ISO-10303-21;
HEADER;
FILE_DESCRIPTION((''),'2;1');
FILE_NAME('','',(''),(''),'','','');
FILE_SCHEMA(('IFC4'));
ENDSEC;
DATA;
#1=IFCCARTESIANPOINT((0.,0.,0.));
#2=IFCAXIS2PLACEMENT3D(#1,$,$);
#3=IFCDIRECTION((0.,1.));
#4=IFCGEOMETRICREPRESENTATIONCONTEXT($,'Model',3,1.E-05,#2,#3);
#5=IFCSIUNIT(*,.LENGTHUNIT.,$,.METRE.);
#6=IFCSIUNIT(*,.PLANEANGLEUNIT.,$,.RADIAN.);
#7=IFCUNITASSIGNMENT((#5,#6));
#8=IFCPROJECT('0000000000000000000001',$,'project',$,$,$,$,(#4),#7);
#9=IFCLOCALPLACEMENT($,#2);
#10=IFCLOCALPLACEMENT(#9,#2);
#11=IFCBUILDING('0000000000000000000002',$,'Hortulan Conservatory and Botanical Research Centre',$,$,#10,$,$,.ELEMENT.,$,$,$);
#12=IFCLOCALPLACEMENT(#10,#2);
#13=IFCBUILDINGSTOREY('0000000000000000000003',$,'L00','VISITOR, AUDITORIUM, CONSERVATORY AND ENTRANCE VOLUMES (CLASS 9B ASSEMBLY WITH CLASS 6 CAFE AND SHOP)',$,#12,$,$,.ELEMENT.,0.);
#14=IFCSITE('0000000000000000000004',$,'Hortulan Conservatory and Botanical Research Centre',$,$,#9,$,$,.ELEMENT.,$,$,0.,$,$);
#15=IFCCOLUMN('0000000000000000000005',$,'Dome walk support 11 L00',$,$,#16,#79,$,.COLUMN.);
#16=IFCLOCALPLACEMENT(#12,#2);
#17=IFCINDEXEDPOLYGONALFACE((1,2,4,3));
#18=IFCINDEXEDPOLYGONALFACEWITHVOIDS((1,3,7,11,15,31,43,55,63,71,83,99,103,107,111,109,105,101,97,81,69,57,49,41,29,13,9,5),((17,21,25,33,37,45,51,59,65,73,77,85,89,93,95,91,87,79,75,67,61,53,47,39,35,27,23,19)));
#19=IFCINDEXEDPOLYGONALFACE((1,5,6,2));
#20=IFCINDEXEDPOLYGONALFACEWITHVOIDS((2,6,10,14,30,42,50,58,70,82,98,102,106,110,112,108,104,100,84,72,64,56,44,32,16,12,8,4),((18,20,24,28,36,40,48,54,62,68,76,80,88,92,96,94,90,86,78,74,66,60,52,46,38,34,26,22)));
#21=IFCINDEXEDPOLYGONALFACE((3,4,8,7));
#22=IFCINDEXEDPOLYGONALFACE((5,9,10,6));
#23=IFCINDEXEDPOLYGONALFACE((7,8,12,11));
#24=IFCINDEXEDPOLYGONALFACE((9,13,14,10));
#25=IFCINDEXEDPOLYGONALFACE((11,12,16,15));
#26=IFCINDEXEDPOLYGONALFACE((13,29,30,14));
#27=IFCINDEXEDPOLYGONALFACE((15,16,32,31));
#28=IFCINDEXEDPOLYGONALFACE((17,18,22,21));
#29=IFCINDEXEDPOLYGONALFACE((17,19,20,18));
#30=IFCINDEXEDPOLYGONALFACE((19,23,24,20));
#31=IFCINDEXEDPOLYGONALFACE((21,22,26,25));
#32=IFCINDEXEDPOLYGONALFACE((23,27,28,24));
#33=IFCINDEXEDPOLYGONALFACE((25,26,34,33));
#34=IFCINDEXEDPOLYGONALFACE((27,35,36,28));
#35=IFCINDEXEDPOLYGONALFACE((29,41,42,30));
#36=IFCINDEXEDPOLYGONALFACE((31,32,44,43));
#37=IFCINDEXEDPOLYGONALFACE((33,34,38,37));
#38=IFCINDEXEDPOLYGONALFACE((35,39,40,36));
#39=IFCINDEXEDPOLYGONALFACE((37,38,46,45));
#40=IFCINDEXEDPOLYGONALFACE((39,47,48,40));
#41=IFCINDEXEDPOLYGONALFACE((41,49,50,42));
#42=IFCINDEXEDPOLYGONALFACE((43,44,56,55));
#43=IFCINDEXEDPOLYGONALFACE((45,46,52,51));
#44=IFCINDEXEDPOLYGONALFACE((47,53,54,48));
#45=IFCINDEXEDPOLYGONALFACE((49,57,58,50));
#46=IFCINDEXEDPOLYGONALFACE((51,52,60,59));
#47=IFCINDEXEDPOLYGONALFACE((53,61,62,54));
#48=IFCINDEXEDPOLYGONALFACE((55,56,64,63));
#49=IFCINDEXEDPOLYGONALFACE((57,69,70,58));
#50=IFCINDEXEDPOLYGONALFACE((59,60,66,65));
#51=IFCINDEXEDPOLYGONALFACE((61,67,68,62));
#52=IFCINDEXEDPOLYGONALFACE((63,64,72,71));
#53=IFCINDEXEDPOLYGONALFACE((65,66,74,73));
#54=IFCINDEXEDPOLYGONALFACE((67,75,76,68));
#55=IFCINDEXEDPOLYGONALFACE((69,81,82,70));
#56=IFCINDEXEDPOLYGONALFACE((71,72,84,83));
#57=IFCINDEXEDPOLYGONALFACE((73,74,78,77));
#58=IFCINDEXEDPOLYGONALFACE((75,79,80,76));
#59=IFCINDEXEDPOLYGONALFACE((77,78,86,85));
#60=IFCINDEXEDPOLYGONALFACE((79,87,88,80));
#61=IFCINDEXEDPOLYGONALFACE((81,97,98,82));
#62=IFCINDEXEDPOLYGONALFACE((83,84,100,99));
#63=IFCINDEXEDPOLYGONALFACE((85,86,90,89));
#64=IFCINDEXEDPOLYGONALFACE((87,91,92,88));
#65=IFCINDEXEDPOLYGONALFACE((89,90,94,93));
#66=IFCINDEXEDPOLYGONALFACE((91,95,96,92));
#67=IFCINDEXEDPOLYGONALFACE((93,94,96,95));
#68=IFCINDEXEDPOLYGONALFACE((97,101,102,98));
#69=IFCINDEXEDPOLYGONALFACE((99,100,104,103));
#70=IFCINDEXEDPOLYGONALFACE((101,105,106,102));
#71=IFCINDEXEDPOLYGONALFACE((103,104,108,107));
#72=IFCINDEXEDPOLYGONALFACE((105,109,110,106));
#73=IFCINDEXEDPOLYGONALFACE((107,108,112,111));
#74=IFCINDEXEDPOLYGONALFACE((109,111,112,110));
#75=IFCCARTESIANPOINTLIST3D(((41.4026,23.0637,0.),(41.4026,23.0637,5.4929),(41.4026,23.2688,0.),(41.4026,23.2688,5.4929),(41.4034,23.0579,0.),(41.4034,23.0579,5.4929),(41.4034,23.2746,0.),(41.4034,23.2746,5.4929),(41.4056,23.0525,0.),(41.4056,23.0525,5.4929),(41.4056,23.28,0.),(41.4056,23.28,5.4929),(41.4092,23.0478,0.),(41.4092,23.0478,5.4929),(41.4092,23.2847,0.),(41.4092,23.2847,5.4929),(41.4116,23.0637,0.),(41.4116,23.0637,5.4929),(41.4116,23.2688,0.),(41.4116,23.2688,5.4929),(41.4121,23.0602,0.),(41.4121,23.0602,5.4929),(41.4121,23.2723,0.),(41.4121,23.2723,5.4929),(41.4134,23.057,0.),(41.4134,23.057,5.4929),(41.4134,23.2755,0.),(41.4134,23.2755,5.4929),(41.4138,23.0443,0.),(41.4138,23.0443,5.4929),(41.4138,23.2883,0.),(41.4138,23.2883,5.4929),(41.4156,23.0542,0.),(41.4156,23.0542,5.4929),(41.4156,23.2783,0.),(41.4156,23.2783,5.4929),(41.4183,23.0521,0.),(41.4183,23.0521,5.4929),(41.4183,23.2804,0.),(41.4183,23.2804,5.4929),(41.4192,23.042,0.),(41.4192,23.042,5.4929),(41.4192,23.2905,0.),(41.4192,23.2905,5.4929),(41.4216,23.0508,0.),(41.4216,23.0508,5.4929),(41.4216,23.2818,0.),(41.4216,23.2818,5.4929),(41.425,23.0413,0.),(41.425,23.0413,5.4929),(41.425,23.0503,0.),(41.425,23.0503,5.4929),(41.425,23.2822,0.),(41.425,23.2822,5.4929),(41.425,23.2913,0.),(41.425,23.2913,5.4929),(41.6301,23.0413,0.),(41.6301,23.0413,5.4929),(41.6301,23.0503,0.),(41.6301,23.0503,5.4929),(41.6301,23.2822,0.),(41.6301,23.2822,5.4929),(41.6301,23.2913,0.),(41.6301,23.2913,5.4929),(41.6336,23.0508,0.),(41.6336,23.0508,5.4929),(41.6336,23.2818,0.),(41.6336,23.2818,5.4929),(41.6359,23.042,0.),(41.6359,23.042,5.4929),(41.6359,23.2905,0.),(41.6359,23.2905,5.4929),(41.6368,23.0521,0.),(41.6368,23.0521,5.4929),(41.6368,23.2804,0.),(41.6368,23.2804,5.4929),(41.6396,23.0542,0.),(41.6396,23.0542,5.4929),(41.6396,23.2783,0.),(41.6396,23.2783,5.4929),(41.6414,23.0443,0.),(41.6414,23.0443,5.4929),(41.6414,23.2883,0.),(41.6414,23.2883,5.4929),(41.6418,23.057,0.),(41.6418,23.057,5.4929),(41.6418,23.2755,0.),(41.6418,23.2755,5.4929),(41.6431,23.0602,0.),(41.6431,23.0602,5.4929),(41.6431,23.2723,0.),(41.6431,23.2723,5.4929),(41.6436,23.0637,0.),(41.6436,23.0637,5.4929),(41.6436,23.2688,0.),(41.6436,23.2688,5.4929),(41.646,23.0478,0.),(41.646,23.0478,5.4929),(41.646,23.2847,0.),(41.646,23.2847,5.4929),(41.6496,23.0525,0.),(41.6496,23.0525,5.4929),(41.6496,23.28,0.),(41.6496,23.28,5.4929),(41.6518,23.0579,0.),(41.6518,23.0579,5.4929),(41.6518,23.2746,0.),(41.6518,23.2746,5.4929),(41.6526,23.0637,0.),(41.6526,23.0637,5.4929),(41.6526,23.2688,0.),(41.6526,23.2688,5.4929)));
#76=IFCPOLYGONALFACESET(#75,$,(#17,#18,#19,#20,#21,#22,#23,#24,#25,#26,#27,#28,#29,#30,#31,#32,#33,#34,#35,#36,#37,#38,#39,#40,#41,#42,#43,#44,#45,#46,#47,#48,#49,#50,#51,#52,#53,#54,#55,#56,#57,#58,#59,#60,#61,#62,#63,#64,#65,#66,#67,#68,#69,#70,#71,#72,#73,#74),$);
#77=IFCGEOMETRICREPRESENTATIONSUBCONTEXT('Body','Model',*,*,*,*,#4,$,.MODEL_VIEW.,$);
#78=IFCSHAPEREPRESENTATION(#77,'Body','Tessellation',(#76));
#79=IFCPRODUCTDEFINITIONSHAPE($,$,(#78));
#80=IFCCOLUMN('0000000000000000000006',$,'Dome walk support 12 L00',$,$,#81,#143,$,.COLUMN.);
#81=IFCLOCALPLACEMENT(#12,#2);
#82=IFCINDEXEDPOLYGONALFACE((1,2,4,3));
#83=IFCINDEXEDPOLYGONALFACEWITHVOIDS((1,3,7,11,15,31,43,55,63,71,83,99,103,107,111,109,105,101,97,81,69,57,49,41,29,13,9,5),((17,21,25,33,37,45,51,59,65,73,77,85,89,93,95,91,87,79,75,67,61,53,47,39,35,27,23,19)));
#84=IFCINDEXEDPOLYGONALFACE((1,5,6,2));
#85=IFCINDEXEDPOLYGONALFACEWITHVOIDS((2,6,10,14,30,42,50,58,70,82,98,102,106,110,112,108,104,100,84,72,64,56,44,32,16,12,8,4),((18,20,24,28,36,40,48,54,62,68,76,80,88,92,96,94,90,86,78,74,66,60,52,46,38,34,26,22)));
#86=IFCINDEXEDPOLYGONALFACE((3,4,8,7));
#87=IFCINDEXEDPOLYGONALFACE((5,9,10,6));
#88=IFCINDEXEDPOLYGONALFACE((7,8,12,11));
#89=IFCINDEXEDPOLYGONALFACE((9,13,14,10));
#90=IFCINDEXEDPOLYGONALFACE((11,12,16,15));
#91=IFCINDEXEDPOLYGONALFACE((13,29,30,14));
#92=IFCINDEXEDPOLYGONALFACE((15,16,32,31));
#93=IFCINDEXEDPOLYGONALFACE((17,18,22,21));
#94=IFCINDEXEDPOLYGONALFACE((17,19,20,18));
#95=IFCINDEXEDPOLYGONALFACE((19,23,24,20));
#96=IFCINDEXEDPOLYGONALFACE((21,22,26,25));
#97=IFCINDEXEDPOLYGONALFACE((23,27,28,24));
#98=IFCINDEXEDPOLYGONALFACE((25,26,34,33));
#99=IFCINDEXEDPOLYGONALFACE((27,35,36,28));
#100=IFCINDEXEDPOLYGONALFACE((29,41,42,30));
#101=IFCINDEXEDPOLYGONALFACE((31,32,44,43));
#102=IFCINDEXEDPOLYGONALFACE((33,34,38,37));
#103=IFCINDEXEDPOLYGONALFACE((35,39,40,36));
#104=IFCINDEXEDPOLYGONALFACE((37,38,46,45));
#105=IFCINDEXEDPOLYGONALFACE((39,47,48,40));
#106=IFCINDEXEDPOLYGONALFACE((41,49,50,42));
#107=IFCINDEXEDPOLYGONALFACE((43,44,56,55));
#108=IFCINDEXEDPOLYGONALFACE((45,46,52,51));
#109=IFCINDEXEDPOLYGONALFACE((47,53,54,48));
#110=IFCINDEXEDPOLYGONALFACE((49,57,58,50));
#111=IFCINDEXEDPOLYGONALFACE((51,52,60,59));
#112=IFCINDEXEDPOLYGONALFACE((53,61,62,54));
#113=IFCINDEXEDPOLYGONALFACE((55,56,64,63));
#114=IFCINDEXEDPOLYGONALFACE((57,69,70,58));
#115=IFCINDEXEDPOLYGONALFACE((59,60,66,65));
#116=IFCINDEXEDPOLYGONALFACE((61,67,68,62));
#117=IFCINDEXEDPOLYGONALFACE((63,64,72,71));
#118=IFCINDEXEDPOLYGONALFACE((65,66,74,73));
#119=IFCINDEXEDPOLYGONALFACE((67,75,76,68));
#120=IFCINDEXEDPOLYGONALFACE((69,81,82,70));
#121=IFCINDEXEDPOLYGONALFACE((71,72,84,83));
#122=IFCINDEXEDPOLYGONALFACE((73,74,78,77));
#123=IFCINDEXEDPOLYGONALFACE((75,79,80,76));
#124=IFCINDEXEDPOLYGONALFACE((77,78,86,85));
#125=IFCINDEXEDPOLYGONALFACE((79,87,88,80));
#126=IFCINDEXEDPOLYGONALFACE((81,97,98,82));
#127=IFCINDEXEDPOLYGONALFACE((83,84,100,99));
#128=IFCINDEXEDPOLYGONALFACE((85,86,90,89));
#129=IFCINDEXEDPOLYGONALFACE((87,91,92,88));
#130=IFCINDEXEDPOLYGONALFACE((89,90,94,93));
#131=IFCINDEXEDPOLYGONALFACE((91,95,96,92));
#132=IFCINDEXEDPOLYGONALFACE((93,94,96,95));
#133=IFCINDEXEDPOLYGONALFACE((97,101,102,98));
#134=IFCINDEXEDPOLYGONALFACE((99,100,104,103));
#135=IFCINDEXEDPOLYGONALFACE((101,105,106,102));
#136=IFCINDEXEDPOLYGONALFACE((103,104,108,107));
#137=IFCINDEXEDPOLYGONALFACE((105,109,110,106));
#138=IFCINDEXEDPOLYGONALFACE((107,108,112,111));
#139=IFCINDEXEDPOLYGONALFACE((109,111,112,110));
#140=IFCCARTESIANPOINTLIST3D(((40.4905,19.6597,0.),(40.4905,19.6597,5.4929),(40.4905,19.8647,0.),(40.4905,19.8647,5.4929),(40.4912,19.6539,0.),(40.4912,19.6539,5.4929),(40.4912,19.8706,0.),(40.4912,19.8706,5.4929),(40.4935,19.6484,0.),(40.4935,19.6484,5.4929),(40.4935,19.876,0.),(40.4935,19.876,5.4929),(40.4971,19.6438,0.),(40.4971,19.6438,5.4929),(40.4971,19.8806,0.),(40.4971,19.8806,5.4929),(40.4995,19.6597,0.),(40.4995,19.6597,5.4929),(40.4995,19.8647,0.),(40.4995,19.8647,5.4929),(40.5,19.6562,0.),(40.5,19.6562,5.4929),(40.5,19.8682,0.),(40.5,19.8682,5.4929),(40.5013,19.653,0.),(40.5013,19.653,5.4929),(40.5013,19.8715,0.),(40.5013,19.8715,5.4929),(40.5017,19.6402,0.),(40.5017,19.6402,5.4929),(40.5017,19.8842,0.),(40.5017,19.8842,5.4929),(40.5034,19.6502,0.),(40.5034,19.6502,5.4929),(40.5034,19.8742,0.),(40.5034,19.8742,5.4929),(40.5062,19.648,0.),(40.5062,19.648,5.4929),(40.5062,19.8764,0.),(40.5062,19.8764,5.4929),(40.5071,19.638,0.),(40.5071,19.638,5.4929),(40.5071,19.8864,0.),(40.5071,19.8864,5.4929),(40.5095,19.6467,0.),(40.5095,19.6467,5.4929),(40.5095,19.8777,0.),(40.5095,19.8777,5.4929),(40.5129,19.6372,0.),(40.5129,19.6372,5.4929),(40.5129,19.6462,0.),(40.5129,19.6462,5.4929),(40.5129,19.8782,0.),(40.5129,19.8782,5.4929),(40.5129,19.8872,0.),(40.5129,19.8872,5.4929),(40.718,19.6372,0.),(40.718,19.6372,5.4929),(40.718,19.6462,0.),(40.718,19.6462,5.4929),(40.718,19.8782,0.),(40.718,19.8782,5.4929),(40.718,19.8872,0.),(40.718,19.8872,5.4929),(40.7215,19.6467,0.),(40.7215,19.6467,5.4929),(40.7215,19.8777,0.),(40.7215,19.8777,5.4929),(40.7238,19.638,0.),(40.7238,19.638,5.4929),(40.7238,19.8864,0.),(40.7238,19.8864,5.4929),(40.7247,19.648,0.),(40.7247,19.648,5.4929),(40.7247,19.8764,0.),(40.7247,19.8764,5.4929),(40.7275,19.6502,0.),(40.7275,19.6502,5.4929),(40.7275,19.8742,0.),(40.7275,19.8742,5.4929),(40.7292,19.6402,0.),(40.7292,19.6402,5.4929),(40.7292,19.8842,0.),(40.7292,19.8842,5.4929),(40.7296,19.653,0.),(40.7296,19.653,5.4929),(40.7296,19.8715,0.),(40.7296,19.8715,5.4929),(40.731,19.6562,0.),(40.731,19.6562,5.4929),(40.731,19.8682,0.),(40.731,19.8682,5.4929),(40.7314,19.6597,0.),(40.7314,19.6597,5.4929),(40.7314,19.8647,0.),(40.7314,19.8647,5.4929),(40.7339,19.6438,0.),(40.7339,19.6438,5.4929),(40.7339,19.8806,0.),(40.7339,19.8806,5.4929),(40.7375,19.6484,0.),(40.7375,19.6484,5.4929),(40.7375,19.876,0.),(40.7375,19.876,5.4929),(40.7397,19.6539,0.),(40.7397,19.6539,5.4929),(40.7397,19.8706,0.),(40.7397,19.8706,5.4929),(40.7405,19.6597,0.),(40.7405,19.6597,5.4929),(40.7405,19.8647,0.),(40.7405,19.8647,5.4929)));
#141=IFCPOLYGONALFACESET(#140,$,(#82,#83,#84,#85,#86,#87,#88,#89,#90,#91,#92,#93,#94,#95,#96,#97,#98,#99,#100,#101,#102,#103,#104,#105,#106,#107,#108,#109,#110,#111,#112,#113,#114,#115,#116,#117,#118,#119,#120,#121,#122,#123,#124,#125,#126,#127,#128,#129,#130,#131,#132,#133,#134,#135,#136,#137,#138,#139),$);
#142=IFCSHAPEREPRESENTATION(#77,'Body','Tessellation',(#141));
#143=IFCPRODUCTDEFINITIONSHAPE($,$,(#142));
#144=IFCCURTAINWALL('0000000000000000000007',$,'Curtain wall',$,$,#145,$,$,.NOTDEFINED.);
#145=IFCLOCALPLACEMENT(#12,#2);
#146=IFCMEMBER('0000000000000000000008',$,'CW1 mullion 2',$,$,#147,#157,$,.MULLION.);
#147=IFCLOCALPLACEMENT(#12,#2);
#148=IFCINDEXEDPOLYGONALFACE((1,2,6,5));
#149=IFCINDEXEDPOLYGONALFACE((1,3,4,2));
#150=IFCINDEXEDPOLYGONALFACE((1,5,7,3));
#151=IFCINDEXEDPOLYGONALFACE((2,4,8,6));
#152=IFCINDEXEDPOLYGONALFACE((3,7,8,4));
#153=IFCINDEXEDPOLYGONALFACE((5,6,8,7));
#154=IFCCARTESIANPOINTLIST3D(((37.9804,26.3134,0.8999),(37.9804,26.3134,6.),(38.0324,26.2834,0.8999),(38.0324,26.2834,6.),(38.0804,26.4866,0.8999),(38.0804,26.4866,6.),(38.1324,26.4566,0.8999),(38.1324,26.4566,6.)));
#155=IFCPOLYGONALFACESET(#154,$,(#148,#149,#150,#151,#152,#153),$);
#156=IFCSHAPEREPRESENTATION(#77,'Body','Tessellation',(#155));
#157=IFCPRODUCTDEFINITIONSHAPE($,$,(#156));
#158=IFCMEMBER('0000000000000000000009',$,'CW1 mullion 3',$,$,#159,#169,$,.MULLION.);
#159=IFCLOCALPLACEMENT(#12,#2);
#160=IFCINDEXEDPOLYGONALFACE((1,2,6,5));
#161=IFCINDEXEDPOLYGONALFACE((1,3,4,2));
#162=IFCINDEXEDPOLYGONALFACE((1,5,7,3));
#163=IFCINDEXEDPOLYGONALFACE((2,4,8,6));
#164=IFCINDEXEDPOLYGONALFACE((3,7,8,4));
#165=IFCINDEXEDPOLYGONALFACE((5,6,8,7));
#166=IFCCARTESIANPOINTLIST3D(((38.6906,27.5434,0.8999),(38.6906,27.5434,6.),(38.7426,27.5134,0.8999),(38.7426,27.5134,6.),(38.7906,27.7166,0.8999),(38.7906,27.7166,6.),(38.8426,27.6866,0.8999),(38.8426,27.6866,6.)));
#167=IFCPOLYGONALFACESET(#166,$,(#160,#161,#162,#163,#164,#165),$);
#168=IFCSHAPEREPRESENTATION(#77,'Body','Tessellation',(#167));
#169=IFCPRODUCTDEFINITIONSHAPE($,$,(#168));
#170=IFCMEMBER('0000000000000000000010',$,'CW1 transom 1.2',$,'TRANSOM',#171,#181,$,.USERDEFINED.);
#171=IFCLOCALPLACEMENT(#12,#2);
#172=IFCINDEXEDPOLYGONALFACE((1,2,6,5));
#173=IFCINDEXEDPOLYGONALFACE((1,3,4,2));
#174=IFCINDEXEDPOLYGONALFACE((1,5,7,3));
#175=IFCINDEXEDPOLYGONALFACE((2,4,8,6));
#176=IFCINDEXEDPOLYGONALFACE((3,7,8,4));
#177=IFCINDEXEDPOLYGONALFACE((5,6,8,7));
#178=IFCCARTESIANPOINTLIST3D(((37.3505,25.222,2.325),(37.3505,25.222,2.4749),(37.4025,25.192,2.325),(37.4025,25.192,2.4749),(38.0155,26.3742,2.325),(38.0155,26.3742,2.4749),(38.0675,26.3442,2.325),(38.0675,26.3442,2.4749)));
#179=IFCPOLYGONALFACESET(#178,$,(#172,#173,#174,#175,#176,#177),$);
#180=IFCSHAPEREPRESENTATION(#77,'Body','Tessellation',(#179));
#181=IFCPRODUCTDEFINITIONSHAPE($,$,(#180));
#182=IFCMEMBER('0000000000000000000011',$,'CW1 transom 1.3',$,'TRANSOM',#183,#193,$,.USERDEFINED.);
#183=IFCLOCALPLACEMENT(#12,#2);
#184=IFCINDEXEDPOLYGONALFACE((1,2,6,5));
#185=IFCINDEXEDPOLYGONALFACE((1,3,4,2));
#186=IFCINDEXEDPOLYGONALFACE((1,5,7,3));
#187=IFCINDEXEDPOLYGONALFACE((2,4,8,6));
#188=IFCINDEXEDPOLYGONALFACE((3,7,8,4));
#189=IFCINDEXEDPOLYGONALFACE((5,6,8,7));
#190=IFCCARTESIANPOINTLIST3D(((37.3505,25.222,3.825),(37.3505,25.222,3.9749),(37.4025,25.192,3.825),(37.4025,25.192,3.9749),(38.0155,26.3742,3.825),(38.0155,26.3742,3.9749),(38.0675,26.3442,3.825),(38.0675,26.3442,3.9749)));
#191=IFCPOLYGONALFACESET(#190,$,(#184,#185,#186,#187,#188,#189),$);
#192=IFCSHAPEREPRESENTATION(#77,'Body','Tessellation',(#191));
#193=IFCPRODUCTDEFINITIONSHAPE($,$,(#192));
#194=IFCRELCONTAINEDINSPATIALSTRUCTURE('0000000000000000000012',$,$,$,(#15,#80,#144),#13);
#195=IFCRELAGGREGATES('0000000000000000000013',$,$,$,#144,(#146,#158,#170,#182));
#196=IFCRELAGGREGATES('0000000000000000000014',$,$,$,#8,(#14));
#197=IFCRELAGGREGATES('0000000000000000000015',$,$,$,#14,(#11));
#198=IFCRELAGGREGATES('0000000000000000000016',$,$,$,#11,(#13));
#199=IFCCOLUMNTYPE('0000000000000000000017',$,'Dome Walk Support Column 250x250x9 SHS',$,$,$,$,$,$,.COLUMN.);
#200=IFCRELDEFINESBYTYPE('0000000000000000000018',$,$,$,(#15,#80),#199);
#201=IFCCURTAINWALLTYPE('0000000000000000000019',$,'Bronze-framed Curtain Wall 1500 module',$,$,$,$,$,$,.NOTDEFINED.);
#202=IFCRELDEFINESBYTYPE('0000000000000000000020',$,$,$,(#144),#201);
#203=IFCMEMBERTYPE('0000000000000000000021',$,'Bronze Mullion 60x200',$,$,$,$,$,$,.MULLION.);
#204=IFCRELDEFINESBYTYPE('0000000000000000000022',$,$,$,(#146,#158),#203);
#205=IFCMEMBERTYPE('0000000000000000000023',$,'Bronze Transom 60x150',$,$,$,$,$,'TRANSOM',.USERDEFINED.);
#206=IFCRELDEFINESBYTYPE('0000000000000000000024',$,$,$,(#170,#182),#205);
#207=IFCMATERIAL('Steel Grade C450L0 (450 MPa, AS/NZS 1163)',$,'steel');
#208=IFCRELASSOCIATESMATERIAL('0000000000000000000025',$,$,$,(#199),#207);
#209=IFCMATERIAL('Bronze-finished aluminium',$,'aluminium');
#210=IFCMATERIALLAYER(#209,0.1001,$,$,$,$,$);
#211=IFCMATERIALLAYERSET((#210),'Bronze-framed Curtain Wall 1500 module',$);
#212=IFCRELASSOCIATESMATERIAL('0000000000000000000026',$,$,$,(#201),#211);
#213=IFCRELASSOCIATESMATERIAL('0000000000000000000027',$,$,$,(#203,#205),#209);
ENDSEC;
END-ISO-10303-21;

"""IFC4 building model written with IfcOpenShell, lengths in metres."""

from ifc_helpers import new_model, si_unit, direction, frame, origin, origin_2d, place, context, subcontext, project, spatial, rectangle, hollow_rectangle, extrude, material, layer, layer_set, material_profile, profile_set, type_object, element, aggregate, save


model = new_model("IFC4")

# Units and contexts
model_context = context("Model", 3, precision=1e-05, world=origin(), true_north=direction((0.0, 1.0)))
body_context = subcontext(model_context, "Body", "Model", "MODEL_VIEW")
ifc_project = project(units=[si_unit("LENGTHUNIT", "METRE"), si_unit("PLANEANGLEUNIT", "RADIAN")], contexts=[model_context])

# Site, building, storey
site_placement = place(None, origin())
site = spatial("IfcSite", under=ifc_project, at=site_placement, Name="Hortulan Conservatory and Botanical Research Centre", CompositionType="ELEMENT", RefElevation=0.0)
building_placement = place(site_placement, origin())
building = spatial("IfcBuilding", under=site, at=building_placement, Name="Hortulan Conservatory and Botanical Research Centre", CompositionType="ELEMENT")
storey_placement = place(building_placement, origin())
storey = spatial("IfcBuildingStorey", under=building, at=storey_placement, Name="L00", Description="VISITOR, AUDITORIUM, CONSERVATORY AND ENTRANCE VOLUMES (CLASS 9B ASSEMBLY WITH CLASS 6 CAFE AND SHOP)", CompositionType="ELEMENT", Elevation=0.0)

# Columns
ifc_material_1 = material(Name="Steel Grade C450L0 (450 MPa, AS/NZS 1163)", Category="steel")
ifc_material_profile_1 = material_profile(ifc_material_1, hollow_rectangle(XDim=0.25, YDim=0.25, WallThickness=0.009, InnerFilletRadius=0.0134, OuterFilletRadius=0.0225, at=origin_2d()), Name="250x250x9SHS")
ifc_profile_set_1 = profile_set([ifc_material_profile_1], Name="Steel Grade C450L0 (450 MPa, AS/NZS 1163)")
column_type = type_object("IfcColumnType", Name="Dome Walk Support Column 250x250x9 SHS", PredefinedType="COLUMN", material=ifc_profile_set_1)
for number, where, z_axis, x_axis, name in (
    (1, (41.5276, 23.1663, 0.0), (0.0, 0.0, 1.0), (1.0, 0.0, 0.0), "Dome walk support 11 L00"),
    (2, (40.6155, 19.7622, 0.0), (0.0, 0.0, 1.0), (1.0, 0.0, 0.0), "Dome walk support 12 L00"),
):
    element("IfcColumn", number, at=place(storey_placement, frame(where, z_axis=z_axis, x_axis=x_axis)), inside=storey, type_object=column_type, Name=name, PredefinedType="COLUMN", context=body_context, shape_type="SweptSolid", body=[
        extrude(hollow_rectangle(XDim=0.25, YDim=0.25, WallThickness=0.009, InnerFilletRadius=0.0134, OuterFilletRadius=0.0225, at=origin_2d()), origin(), (0.0, 0.0, 1.0), 5.4929),
    ])

# Curtain wall, members
ifc_material_2 = material(Name="Bronze-finished aluminium", Category="aluminium")
ifc_layer_1 = layer(ifc_material_2, 0.1001)
ifc_layer_set_1 = layer_set([ifc_layer_1], Name="Bronze-framed Curtain Wall 1500 module")
curtain_wall_type = type_object("IfcCurtainWallType", Name="Bronze-framed Curtain Wall 1500 module", PredefinedType="NOTDEFINED", material=ifc_layer_set_1)
curtain_wall_placement = place(storey_placement, origin())
curtain_wall = element("IfcCurtainWall", 3, at=curtain_wall_placement, inside=storey, type_object=curtain_wall_type, Name="Curtain wall", PredefinedType="NOTDEFINED")
ifc_material_profile_2 = material_profile(ifc_material_2, rectangle(XDim=0.0601, YDim=0.2, at=origin_2d()), Name="Bronze Mullion 60x200")
ifc_profile_set_2 = profile_set([ifc_material_profile_2], Name="Bronze-finished aluminium")
member_type_1 = type_object("IfcMemberType", Name="Bronze Mullion 60x200", PredefinedType="MULLION", material=ifc_profile_set_2)
member_1_placement = place(storey_placement, frame((38.0564, 26.385, 0.8999), z_axis=(0.0, 0.0, 1.0), x_axis=(-0.866036, 0.499981, 0.0)))
member_1 = element("IfcMember", 4, at=member_1_placement, type_object=member_type_1, Name="CW1 mullion 2", PredefinedType="MULLION", context=body_context, shape_type="SweptSolid", body=[
    extrude(rectangle(XDim=0.0601, YDim=0.2, at=origin_2d()), origin(), (0.0, 0.0, 1.0), 5.1001),
])
member_2_placement = place(storey_placement, frame((38.7666, 27.615, 0.8999), z_axis=(0.0, 0.0, 1.0), x_axis=(-0.866036, 0.499981, 0.0)))
member_2 = element("IfcMember", 5, at=member_2_placement, type_object=member_type_1, Name="CW1 mullion 3", PredefinedType="MULLION", context=body_context, shape_type="SweptSolid", body=[
    extrude(rectangle(XDim=0.0601, YDim=0.2, at=origin_2d()), origin(), (0.0, 0.0, 1.0), 5.1001),
])
ifc_material_profile_3 = material_profile(ifc_material_2, rectangle(XDim=0.0601, YDim=0.1499, at=origin_2d()), Name="Bronze Transom 60x150")
ifc_profile_set_3 = profile_set([ifc_material_profile_3], Name="Bronze-finished aluminium")
member_type_2 = type_object("IfcMemberType", Name="Bronze Transom 60x150", ElementType="TRANSOM", PredefinedType="USERDEFINED", material=ifc_profile_set_3)
member_3_placement = place(storey_placement, frame((37.3765, 25.207, 2.3999), z_axis=(0.499929, 0.866066, 0.0), x_axis=(-0.866066, 0.499929, 0.0)))
member_3 = element("IfcMember", 6, at=member_3_placement, type_object=member_type_2, Name="CW1 transom 1.2", ObjectType="TRANSOM", PredefinedType="USERDEFINED", context=body_context, shape_type="SweptSolid", body=[
    extrude(rectangle(XDim=0.0601, YDim=0.1499, at=origin_2d()), origin(), (0.0, 0.0, 1.0), 1.3303),
])
member_4_placement = place(storey_placement, frame((37.3765, 25.207, 3.8999), z_axis=(0.499929, 0.866066, 0.0), x_axis=(-0.866066, 0.499929, 0.0)))
member_4 = element("IfcMember", 7, at=member_4_placement, type_object=member_type_2, Name="CW1 transom 1.3", ObjectType="TRANSOM", PredefinedType="USERDEFINED", context=body_context, shape_type="SweptSolid", body=[
    extrude(rectangle(XDim=0.0601, YDim=0.1499, at=origin_2d()), origin(), (0.0, 0.0, 1.0), 1.3303),
])

aggregate(curtain_wall, [member_1, member_2, member_3, member_4])

save(model, "model.ifc")
